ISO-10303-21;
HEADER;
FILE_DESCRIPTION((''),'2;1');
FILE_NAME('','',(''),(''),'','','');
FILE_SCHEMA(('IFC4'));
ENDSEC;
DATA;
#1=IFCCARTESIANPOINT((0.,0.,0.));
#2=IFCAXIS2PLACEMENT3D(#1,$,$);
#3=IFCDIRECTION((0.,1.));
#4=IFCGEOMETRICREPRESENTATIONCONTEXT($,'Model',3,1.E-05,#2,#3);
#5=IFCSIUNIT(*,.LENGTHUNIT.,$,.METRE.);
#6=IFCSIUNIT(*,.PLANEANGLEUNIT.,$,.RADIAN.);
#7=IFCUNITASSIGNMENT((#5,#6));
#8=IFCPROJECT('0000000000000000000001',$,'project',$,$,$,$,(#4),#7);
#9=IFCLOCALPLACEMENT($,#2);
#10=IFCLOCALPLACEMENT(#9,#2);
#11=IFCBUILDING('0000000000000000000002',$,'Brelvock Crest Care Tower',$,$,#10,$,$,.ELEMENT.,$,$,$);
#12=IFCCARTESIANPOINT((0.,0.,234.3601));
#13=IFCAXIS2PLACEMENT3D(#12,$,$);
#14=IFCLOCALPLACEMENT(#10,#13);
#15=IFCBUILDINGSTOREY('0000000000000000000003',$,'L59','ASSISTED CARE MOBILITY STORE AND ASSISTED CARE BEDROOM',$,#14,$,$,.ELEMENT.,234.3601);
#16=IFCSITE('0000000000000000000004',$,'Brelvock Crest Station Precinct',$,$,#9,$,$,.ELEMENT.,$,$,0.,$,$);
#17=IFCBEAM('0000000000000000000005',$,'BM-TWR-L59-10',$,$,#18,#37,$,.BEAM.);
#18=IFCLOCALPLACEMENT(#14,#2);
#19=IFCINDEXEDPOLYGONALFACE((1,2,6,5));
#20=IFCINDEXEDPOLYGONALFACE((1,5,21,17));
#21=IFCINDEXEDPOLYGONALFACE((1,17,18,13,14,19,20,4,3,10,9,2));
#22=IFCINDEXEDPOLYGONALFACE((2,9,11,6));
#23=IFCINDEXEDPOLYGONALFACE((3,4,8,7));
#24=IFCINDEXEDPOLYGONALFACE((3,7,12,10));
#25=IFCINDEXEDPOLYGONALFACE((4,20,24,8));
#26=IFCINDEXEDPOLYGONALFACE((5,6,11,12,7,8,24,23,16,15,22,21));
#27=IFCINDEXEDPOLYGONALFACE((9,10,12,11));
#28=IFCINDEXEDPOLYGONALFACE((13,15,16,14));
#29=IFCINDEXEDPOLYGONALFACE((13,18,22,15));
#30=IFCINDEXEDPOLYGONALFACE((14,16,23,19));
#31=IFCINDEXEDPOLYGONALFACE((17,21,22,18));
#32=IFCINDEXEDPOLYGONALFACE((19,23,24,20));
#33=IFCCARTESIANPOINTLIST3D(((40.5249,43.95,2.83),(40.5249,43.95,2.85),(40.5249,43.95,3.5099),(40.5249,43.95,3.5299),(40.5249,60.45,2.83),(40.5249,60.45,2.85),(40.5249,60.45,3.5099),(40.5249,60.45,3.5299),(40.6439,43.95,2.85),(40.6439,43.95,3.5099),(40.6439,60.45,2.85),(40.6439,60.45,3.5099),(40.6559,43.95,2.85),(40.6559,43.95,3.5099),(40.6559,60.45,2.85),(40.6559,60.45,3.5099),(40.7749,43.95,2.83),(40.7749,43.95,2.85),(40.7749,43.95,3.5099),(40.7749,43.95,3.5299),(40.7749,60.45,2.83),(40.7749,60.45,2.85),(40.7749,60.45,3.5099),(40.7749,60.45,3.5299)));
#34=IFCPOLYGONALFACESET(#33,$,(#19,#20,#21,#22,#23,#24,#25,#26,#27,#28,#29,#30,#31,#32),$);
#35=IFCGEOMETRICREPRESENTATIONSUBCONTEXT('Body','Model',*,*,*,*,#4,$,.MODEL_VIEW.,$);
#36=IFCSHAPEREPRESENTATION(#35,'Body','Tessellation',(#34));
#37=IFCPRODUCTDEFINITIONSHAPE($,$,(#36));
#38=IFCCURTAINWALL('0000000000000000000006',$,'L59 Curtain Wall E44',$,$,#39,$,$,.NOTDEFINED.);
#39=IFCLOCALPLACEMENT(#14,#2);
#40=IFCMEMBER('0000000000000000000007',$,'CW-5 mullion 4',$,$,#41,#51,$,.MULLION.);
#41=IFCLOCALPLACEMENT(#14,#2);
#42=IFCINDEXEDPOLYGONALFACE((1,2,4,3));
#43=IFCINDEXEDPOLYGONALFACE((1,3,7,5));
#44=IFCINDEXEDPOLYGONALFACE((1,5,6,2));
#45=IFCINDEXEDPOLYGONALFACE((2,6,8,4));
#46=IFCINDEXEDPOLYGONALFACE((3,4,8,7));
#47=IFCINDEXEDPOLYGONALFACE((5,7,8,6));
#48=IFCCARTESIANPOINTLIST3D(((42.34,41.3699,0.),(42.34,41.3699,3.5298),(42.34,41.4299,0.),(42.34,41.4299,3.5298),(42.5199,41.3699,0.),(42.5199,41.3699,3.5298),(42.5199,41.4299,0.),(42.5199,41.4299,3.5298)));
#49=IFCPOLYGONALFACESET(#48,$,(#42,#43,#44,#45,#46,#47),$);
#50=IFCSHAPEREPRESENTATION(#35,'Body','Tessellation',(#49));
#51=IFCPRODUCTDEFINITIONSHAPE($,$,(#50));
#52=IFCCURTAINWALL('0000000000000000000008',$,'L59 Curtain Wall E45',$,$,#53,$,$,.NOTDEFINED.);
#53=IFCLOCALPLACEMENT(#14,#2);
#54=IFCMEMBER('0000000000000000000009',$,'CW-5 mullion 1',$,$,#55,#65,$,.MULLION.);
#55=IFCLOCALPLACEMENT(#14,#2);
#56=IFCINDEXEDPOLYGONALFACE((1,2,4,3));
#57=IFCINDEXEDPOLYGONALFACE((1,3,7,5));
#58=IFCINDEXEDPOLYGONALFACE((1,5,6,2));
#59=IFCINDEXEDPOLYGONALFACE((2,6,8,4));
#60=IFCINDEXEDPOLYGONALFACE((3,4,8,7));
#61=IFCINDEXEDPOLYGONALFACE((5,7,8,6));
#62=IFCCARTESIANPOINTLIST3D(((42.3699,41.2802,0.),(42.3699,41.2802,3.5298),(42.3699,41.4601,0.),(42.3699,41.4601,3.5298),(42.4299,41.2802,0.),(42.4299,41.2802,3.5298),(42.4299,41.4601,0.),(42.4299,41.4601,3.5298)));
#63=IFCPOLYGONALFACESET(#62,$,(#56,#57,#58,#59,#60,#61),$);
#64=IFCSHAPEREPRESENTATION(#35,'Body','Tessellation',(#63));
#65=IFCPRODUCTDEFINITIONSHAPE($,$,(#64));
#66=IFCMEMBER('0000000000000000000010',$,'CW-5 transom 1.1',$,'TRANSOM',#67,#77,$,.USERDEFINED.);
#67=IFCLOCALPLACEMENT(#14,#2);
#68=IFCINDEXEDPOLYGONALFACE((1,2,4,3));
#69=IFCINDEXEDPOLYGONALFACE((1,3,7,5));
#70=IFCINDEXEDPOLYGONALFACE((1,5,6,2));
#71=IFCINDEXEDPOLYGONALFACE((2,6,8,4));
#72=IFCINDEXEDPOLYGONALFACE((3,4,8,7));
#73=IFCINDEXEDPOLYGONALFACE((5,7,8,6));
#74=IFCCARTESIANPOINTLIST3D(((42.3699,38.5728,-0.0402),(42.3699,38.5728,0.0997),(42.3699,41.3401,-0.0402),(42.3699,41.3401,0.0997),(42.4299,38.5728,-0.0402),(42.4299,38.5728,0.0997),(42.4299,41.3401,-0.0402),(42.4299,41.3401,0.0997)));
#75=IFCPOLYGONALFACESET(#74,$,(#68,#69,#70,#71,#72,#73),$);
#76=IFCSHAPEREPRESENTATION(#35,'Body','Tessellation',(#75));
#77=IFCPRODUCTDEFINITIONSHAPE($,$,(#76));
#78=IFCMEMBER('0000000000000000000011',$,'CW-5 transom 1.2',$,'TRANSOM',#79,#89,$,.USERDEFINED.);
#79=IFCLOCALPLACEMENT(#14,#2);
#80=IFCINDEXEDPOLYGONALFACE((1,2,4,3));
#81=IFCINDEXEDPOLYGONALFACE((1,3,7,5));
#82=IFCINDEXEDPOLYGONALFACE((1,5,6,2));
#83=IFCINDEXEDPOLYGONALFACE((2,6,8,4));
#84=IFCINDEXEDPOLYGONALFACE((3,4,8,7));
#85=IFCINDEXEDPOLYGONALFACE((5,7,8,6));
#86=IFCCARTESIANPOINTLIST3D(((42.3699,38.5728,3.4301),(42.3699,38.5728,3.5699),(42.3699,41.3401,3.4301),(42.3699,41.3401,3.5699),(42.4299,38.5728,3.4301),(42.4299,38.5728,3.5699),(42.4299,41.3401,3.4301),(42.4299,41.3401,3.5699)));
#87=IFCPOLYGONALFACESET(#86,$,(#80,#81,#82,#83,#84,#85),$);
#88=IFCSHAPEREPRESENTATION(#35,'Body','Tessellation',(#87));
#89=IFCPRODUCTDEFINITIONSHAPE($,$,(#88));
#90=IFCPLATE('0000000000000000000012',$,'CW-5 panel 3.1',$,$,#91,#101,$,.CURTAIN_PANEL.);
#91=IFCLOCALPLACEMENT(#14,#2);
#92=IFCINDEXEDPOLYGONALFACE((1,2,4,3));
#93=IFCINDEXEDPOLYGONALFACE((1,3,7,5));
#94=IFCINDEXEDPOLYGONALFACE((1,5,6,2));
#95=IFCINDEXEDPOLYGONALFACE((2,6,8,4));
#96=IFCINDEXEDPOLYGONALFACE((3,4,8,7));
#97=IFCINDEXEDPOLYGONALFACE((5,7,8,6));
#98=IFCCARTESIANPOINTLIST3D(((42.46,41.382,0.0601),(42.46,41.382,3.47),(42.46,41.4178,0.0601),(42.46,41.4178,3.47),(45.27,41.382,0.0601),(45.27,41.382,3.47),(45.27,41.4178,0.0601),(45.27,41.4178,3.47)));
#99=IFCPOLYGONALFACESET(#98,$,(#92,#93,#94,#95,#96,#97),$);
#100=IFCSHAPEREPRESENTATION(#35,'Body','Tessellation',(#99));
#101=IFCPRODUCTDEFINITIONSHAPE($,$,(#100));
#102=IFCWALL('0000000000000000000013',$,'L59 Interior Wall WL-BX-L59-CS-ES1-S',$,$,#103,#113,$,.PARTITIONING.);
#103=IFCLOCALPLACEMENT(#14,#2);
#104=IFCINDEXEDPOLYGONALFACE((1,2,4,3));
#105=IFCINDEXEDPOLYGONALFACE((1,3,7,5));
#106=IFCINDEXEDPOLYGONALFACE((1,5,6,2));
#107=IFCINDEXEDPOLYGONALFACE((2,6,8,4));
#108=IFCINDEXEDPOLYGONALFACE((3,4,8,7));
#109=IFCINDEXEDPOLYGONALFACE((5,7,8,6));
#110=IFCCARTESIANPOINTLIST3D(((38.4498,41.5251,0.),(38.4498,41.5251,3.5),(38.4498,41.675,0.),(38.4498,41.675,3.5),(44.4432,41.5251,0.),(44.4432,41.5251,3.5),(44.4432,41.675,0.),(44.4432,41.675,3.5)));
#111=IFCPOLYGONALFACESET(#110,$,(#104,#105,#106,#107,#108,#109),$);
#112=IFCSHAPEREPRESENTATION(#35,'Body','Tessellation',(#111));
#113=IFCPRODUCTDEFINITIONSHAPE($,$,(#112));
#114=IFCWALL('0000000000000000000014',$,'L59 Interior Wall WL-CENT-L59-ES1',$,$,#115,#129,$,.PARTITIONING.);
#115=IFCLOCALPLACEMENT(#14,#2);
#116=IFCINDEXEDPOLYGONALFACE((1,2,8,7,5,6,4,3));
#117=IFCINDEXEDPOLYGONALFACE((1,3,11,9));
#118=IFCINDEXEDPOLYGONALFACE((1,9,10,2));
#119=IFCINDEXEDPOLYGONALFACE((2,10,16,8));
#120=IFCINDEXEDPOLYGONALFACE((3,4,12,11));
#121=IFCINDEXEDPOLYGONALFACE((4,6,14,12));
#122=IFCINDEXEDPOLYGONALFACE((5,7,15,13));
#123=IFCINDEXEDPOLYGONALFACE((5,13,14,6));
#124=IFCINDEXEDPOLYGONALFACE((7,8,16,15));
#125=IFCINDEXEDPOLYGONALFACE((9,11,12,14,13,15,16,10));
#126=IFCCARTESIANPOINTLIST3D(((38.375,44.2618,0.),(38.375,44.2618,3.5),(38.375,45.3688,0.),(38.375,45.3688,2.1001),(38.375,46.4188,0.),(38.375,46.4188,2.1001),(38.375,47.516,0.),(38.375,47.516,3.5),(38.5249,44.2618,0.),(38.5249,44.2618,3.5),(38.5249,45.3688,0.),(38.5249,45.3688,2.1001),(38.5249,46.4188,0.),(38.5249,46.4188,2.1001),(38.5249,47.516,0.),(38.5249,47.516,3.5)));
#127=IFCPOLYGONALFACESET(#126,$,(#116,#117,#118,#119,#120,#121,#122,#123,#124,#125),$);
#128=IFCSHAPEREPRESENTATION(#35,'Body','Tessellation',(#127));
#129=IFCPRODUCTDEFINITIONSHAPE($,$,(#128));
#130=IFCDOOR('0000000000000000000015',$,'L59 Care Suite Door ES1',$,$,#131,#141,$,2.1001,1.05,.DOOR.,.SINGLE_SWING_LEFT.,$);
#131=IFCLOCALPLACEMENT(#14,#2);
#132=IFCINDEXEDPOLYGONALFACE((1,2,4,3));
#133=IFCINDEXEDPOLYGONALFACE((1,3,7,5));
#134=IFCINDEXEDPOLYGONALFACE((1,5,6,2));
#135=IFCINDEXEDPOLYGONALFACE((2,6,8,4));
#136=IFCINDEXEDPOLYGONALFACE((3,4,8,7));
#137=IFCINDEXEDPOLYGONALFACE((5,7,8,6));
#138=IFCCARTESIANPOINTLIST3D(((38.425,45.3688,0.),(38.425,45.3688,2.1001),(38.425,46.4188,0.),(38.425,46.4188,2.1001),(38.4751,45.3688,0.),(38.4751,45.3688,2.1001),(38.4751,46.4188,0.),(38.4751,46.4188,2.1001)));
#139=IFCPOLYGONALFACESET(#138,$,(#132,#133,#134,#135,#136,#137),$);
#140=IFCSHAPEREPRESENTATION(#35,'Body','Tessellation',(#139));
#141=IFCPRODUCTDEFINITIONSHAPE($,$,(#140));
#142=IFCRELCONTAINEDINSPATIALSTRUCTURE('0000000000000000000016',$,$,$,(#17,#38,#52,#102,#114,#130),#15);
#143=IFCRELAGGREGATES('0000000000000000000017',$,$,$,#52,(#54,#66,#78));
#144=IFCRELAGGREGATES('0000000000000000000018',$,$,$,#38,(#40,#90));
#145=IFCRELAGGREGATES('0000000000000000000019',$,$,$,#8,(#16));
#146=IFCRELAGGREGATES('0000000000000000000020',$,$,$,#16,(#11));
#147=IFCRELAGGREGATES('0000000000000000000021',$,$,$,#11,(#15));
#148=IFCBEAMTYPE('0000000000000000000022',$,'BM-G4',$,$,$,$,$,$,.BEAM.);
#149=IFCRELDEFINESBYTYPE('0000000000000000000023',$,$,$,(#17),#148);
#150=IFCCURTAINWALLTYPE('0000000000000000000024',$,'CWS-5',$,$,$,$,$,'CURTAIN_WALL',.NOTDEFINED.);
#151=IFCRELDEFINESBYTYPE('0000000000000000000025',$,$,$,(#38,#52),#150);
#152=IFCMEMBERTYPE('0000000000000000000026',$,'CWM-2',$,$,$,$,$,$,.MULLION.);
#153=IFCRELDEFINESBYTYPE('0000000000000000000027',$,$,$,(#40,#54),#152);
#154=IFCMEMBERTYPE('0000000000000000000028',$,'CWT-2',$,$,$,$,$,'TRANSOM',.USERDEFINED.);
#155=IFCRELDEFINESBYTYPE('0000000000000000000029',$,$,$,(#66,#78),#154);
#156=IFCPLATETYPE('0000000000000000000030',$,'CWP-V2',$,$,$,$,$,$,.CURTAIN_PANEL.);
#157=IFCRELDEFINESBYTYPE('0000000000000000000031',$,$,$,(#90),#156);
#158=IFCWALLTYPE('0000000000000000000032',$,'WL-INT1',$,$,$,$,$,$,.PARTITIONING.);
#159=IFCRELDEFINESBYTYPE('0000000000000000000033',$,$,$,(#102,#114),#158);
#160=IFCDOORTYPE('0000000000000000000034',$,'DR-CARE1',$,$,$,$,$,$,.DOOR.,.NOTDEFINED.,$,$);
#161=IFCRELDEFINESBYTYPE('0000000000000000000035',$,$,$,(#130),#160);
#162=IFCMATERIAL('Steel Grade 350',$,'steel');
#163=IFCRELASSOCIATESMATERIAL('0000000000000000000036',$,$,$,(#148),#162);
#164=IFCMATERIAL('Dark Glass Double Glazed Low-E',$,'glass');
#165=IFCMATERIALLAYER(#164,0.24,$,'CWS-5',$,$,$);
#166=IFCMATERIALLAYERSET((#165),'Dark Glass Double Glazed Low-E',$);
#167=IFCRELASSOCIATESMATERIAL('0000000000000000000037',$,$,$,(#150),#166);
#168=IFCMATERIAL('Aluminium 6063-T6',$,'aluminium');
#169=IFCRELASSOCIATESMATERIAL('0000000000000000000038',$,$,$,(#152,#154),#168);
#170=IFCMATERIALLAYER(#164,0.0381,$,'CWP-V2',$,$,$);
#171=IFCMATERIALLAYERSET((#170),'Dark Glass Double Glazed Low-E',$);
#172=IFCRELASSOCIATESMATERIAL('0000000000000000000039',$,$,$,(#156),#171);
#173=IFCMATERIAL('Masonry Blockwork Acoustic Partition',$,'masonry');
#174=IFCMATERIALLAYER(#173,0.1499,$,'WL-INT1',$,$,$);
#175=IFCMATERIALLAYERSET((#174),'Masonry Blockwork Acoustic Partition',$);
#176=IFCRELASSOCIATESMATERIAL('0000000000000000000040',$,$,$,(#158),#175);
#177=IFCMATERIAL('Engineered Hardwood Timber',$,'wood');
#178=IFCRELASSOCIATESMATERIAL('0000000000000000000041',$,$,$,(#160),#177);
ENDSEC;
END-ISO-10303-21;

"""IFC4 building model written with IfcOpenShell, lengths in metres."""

from ifc_helpers import new_model, si_unit, direction, frame, frame_2d, origin, origin_2d, place, context, subcontext, project, spatial, rectangle, i_section, extrude, source, transform, mapped, material, layer, layer_set, material_profile, profile_set, type_object, element, fill, aggregate, save


model = new_model("IFC4")

# Units and contexts
model_context = context("Model", 3, precision=1e-05, world=origin(), true_north=direction((0.0, 1.0)))
body_context = subcontext(model_context, "Body", "Model", "MODEL_VIEW")
ifc_project = project(units=[si_unit("LENGTHUNIT", "METRE"), si_unit("PLANEANGLEUNIT", "RADIAN")], contexts=[model_context])

# Site, building, storey
site_placement = place(None, origin())
site = spatial("IfcSite", under=ifc_project, at=site_placement, Name="Brelvock Crest Station Precinct", CompositionType="ELEMENT", RefElevation=0.0)
building_placement = place(site_placement, origin())
building = spatial("IfcBuilding", under=site, at=building_placement, Name="Brelvock Crest Care Tower", CompositionType="ELEMENT")
storey_placement = place(building_placement, frame((0.0, 0.0, 234.3601)))
storey = spatial("IfcBuildingStorey", under=building, at=storey_placement, Name="L59", Description="ASSISTED CARE MOBILITY STORE AND ASSISTED CARE BEDROOM", CompositionType="ELEMENT", Elevation=234.3601)

# Shared definitions
ifc_material_1 = material(Name="Steel Grade 350", Category="steel")

# Beam
ifc_material_profile_1 = material_profile(ifc_material_1, i_section(OverallWidth=0.25, OverallDepth=0.7, WebThickness=0.012, FlangeThickness=0.02, at=origin_2d()), Name="700WB150")
ifc_profile_set_1 = profile_set([ifc_material_profile_1], Name="Steel Grade 350")
beam_type_1 = type_object("IfcBeamType", Name="BM-G4", PredefinedType="BEAM", material=ifc_profile_set_1)
shared_shape_1 = source(origin(), body_context, "Body", "SweptSolid", [
    extrude(i_section(OverallWidth=0.25, OverallDepth=0.7, WebThickness=0.012, FlangeThickness=0.02, at=origin_2d()), origin(), (0.0, 0.0, 1.0), 16.5),
])
beam_1_placement = place(storey_placement, frame((40.6499, 43.95, 3.1799), z_axis=(0.0, 1.0, 0.0), x_axis=(-1.0, 0.0, 0.0)))
element("IfcBeam", 1, at=beam_1_placement, inside=storey, type_object=beam_type_1, Name="BM-TWR-L59-10", PredefinedType="BEAM", context=body_context, shape_type="MappedRepresentation", body=[
    mapped(shared_shape_1, transform((0.0, 0.0, 0.0), x_axis=(1.0, 0.0, 0.0), y_axis=(0.0, 1.0, 0.0), z_axis=(0.0, 0.0, 1.0), scale=1.0)),
])

# Curtain wall, member
ifc_material_2 = material(Name="Dark Glass Double Glazed Low-E", Category="glass")
ifc_layer_1 = layer(ifc_material_2, 0.24, Name="CWS-5")
ifc_layer_set_1 = layer_set([ifc_layer_1], Name="Dark Glass Double Glazed Low-E")
curtain_wall_type = type_object("IfcCurtainWallType", Name="CWS-5", ElementType="CURTAIN_WALL", PredefinedType="NOTDEFINED", material=ifc_layer_set_1)
curtain_wall_1_placement = place(storey_placement, origin())
curtain_wall_1 = element("IfcCurtainWall", 2, at=curtain_wall_1_placement, inside=storey, type_object=curtain_wall_type, Name="L59 Curtain Wall E44", PredefinedType="NOTDEFINED")
ifc_material_3 = material(Name="Aluminium 6063-T6", Category="aluminium")
ifc_material_profile_2 = material_profile(ifc_material_3, rectangle(XDim=0.0601, YDim=0.1799, at=origin_2d()), Name="ALU60x180")
ifc_profile_set_2 = profile_set([ifc_material_profile_2], Name="Aluminium 6063-T6")
member_type_1 = type_object("IfcMemberType", Name="CWM-2", PredefinedType="MULLION", material=ifc_profile_set_2)
shared_shape_2 = source(origin(), body_context, "Body", "SweptSolid", [
    extrude(rectangle(XDim=0.0601, YDim=0.1799, at=origin_2d()), origin(), (0.0, 0.0, 1.0), 3.5298),
])
member_1_placement = place(storey_placement, frame((42.4299, 41.3999, 0.0), z_axis=(0.0, 0.0, 1.0), x_axis=(0.0, -1.0, 0.0)))
member_1 = element("IfcMember", 3, at=member_1_placement, type_object=member_type_1, Name="CW-5 mullion 4", PredefinedType="MULLION", context=body_context, shape_type="MappedRepresentation", body=[
    mapped(shared_shape_2, transform((0.0, 0.0, 0.0), x_axis=(1.0, 0.0, 0.0), y_axis=(0.0, 1.0, 0.0), z_axis=(0.0, 0.0, 1.0), scale=1.0)),
])

# Curtain wall, members
curtain_wall_2_placement = place(storey_placement, origin())
curtain_wall_2 = element("IfcCurtainWall", 4, at=curtain_wall_2_placement, inside=storey, type_object=curtain_wall_type, Name="L59 Curtain Wall E45", PredefinedType="NOTDEFINED")
member_2_placement = place(storey_placement, frame((42.3999, 41.3701, 0.0), z_axis=(0.0, 0.0, 1.0), x_axis=(1.0, 0.0, 0.0)))
member_2 = element("IfcMember", 5, at=member_2_placement, type_object=member_type_1, Name="CW-5 mullion 1", PredefinedType="MULLION", context=body_context, shape_type="MappedRepresentation", body=[
    mapped(shared_shape_2, transform((0.0, 0.0, 0.0), x_axis=(1.0, 0.0, 0.0), y_axis=(0.0, 1.0, 0.0), z_axis=(0.0, 0.0, 1.0), scale=1.0)),
])
ifc_material_profile_3 = material_profile(ifc_material_3, rectangle(XDim=0.0601, YDim=0.1399, at=origin_2d()), Name="ALU60x140")
ifc_profile_set_3 = profile_set([ifc_material_profile_3], Name="Aluminium 6063-T6")
member_type_2 = type_object("IfcMemberType", Name="CWT-2", ElementType="TRANSOM", PredefinedType="USERDEFINED", material=ifc_profile_set_3)
shared_shape_3 = source(origin(), body_context, "Body", "SweptSolid", [
    extrude(rectangle(XDim=0.0601, YDim=0.1399, at=origin_2d()), origin(), (0.0, 0.0, 1.0), 2.7673),
])
member_3_placement = place(storey_placement, frame((42.3999, 41.3401, 0.0298), z_axis=(0.0, -1.0, 0.0), x_axis=(1.0, 0.0, 0.0)))
member_3 = element("IfcMember", 6, at=member_3_placement, type_object=member_type_2, Name="CW-5 transom 1.1", ObjectType="TRANSOM", PredefinedType="USERDEFINED", context=body_context, shape_type="MappedRepresentation", body=[
    mapped(shared_shape_3, transform((0.0, 0.0, 0.0), x_axis=(1.0, 0.0, 0.0), y_axis=(0.0, 1.0, 0.0), z_axis=(0.0, 0.0, 1.0), scale=1.0)),
])
member_4_placement = place(storey_placement, frame((42.3999, 41.3401, 3.5), z_axis=(0.0, -1.0, 0.0), x_axis=(1.0, 0.0, 0.0)))
member_4 = element("IfcMember", 7, at=member_4_placement, type_object=member_type_2, Name="CW-5 transom 1.2", ObjectType="TRANSOM", PredefinedType="USERDEFINED", context=body_context, shape_type="MappedRepresentation", body=[
    mapped(shared_shape_3, transform((0.0, 0.0, 0.0), x_axis=(1.0, 0.0, 0.0), y_axis=(0.0, 1.0, 0.0), z_axis=(0.0, 0.0, 1.0), scale=1.0)),
])
aggregate(curtain_wall_2, [member_2, member_3, member_4])

# Plate
ifc_layer_2 = layer(ifc_material_2, 0.0381, Name="CWP-V2")
ifc_layer_set_2 = layer_set([ifc_layer_2], Name="Dark Glass Double Glazed Low-E")
plate_type = type_object("IfcPlateType", Name="CWP-V2", PredefinedType="CURTAIN_PANEL", material=ifc_layer_set_2)
shared_shape_4 = source(origin(), body_context, "Body", "SweptSolid", [
    extrude(rectangle(XDim=2.8101, YDim=0.0359, at=origin_2d()), origin(), (0.0, 0.0, 1.0), 3.4099),
])
plate_placement = place(storey_placement, frame((43.865, 41.3999, 0.0601), z_axis=(0.0, 0.0, 1.0), x_axis=(-1.0, 0.0, 0.0)))
plate = element("IfcPlate", 8, at=plate_placement, type_object=plate_type, Name="CW-5 panel 3.1", PredefinedType="CURTAIN_PANEL", context=body_context, shape_type="MappedRepresentation", body=[
    mapped(shared_shape_4, transform((0.0, 0.0, 0.0), x_axis=(1.0, 0.0, 0.0), y_axis=(0.0, 1.0, 0.0), z_axis=(0.0, 0.0, 1.0), scale=1.0)),
])
aggregate(curtain_wall_1, [member_1, plate])

# Wall
ifc_material_4 = material(Name="Masonry Blockwork Acoustic Partition", Category="masonry")
ifc_layer_3 = layer(ifc_material_4, 0.1499, Name="WL-INT1")
ifc_layer_set_3 = layer_set([ifc_layer_3], Name="Masonry Blockwork Acoustic Partition")
wall_type_1 = type_object("IfcWallType", Name="WL-INT1", PredefinedType="PARTITIONING", material=ifc_layer_set_3)
wall_1_placement = place(storey_placement, frame((38.45, 41.6001, 0.0), z_axis=(0.0, 0.0, 1.0), x_axis=(1.0, 0.0, 0.0)))
element("IfcWall", 9, at=wall_1_placement, inside=storey, type_object=wall_type_1, Name="L59 Interior Wall WL-BX-L59-CS-ES1-S", PredefinedType="PARTITIONING", context=body_context, shape_type="SweptSolid", body=[
    extrude(rectangle(XDim=5.9934, YDim=0.1499, at=frame_2d((2.9966, 0.0))), origin(), (0.0, 0.0, 1.0), 3.5),
])

# Wall, opening, door
wall_2_placement = place(storey_placement, frame((38.45, 44.262, 0.0), z_axis=(0.0, 0.0, 1.0), x_axis=(0.0, 1.0, 0.0)))
wall_2 = element("IfcWall", 10, at=wall_2_placement, inside=storey, type_object=wall_type_1, Name="L59 Interior Wall WL-CENT-L59-ES1", PredefinedType="PARTITIONING", context=body_context, shape_type="SweptSolid", body=[
    extrude(rectangle(XDim=3.2542, YDim=0.1499, at=frame_2d((1.627, 0.0))), origin(), (0.0, 0.0, 1.0), 3.5),
])
opening_1_placement = place(wall_2_placement, frame((1.1069, 0.0, 0.0)))
opening_1 = element("IfcOpeningElement", 11, at=opening_1_placement, cuts=wall_2, PredefinedType="OPENING", context=body_context, shape_type="SweptSolid", body=[
    extrude(rectangle(XDim=1.05, YDim=2.1001, at=origin_2d()), frame((0.5249, 0.085, 1.05), z_axis=(0.0, -1.0, 0.0), x_axis=(1.0, 0.0, 0.0)), (0.0, 0.0, 1.0), 0.1699),
])
ifc_material_5 = material(Name="Engineered Hardwood Timber", Category="wood")
door_type_1 = type_object("IfcDoorType", Name="DR-CARE1", OperationType="NOTDEFINED", PredefinedType="DOOR", material=ifc_material_5)
shared_shape_5 = source(origin(), body_context, "Body", "SweptSolid", [
    extrude(rectangle(XDim=1.05, YDim=2.1001, at=origin_2d()), frame((0.5249, 0.0249, 1.05), z_axis=(0.0, -1.0, 0.0), x_axis=(1.0, 0.0, 0.0)), (0.0, 0.0, 1.0), 0.05),
])
door_1_placement = place(opening_1_placement, origin())
door_1 = element("IfcDoor", 12, at=door_1_placement, inside=storey, type_object=door_type_1, Name="L59 Care Suite Door ES1", OperationType="SINGLE_SWING_LEFT", OverallHeight=2.1001, OverallWidth=1.05, PredefinedType="DOOR", context=body_context, shape_type="MappedRepresentation", body=[
    mapped(shared_shape_5, transform((0.0, 0.0, 0.0), x_axis=(1.0, 0.0, 0.0), y_axis=(0.0, 1.0, 0.0), z_axis=(0.0, 0.0, 1.0), scale=1.0)),
])
fill(opening_1, door_1)

save(model, "model.ifc")
